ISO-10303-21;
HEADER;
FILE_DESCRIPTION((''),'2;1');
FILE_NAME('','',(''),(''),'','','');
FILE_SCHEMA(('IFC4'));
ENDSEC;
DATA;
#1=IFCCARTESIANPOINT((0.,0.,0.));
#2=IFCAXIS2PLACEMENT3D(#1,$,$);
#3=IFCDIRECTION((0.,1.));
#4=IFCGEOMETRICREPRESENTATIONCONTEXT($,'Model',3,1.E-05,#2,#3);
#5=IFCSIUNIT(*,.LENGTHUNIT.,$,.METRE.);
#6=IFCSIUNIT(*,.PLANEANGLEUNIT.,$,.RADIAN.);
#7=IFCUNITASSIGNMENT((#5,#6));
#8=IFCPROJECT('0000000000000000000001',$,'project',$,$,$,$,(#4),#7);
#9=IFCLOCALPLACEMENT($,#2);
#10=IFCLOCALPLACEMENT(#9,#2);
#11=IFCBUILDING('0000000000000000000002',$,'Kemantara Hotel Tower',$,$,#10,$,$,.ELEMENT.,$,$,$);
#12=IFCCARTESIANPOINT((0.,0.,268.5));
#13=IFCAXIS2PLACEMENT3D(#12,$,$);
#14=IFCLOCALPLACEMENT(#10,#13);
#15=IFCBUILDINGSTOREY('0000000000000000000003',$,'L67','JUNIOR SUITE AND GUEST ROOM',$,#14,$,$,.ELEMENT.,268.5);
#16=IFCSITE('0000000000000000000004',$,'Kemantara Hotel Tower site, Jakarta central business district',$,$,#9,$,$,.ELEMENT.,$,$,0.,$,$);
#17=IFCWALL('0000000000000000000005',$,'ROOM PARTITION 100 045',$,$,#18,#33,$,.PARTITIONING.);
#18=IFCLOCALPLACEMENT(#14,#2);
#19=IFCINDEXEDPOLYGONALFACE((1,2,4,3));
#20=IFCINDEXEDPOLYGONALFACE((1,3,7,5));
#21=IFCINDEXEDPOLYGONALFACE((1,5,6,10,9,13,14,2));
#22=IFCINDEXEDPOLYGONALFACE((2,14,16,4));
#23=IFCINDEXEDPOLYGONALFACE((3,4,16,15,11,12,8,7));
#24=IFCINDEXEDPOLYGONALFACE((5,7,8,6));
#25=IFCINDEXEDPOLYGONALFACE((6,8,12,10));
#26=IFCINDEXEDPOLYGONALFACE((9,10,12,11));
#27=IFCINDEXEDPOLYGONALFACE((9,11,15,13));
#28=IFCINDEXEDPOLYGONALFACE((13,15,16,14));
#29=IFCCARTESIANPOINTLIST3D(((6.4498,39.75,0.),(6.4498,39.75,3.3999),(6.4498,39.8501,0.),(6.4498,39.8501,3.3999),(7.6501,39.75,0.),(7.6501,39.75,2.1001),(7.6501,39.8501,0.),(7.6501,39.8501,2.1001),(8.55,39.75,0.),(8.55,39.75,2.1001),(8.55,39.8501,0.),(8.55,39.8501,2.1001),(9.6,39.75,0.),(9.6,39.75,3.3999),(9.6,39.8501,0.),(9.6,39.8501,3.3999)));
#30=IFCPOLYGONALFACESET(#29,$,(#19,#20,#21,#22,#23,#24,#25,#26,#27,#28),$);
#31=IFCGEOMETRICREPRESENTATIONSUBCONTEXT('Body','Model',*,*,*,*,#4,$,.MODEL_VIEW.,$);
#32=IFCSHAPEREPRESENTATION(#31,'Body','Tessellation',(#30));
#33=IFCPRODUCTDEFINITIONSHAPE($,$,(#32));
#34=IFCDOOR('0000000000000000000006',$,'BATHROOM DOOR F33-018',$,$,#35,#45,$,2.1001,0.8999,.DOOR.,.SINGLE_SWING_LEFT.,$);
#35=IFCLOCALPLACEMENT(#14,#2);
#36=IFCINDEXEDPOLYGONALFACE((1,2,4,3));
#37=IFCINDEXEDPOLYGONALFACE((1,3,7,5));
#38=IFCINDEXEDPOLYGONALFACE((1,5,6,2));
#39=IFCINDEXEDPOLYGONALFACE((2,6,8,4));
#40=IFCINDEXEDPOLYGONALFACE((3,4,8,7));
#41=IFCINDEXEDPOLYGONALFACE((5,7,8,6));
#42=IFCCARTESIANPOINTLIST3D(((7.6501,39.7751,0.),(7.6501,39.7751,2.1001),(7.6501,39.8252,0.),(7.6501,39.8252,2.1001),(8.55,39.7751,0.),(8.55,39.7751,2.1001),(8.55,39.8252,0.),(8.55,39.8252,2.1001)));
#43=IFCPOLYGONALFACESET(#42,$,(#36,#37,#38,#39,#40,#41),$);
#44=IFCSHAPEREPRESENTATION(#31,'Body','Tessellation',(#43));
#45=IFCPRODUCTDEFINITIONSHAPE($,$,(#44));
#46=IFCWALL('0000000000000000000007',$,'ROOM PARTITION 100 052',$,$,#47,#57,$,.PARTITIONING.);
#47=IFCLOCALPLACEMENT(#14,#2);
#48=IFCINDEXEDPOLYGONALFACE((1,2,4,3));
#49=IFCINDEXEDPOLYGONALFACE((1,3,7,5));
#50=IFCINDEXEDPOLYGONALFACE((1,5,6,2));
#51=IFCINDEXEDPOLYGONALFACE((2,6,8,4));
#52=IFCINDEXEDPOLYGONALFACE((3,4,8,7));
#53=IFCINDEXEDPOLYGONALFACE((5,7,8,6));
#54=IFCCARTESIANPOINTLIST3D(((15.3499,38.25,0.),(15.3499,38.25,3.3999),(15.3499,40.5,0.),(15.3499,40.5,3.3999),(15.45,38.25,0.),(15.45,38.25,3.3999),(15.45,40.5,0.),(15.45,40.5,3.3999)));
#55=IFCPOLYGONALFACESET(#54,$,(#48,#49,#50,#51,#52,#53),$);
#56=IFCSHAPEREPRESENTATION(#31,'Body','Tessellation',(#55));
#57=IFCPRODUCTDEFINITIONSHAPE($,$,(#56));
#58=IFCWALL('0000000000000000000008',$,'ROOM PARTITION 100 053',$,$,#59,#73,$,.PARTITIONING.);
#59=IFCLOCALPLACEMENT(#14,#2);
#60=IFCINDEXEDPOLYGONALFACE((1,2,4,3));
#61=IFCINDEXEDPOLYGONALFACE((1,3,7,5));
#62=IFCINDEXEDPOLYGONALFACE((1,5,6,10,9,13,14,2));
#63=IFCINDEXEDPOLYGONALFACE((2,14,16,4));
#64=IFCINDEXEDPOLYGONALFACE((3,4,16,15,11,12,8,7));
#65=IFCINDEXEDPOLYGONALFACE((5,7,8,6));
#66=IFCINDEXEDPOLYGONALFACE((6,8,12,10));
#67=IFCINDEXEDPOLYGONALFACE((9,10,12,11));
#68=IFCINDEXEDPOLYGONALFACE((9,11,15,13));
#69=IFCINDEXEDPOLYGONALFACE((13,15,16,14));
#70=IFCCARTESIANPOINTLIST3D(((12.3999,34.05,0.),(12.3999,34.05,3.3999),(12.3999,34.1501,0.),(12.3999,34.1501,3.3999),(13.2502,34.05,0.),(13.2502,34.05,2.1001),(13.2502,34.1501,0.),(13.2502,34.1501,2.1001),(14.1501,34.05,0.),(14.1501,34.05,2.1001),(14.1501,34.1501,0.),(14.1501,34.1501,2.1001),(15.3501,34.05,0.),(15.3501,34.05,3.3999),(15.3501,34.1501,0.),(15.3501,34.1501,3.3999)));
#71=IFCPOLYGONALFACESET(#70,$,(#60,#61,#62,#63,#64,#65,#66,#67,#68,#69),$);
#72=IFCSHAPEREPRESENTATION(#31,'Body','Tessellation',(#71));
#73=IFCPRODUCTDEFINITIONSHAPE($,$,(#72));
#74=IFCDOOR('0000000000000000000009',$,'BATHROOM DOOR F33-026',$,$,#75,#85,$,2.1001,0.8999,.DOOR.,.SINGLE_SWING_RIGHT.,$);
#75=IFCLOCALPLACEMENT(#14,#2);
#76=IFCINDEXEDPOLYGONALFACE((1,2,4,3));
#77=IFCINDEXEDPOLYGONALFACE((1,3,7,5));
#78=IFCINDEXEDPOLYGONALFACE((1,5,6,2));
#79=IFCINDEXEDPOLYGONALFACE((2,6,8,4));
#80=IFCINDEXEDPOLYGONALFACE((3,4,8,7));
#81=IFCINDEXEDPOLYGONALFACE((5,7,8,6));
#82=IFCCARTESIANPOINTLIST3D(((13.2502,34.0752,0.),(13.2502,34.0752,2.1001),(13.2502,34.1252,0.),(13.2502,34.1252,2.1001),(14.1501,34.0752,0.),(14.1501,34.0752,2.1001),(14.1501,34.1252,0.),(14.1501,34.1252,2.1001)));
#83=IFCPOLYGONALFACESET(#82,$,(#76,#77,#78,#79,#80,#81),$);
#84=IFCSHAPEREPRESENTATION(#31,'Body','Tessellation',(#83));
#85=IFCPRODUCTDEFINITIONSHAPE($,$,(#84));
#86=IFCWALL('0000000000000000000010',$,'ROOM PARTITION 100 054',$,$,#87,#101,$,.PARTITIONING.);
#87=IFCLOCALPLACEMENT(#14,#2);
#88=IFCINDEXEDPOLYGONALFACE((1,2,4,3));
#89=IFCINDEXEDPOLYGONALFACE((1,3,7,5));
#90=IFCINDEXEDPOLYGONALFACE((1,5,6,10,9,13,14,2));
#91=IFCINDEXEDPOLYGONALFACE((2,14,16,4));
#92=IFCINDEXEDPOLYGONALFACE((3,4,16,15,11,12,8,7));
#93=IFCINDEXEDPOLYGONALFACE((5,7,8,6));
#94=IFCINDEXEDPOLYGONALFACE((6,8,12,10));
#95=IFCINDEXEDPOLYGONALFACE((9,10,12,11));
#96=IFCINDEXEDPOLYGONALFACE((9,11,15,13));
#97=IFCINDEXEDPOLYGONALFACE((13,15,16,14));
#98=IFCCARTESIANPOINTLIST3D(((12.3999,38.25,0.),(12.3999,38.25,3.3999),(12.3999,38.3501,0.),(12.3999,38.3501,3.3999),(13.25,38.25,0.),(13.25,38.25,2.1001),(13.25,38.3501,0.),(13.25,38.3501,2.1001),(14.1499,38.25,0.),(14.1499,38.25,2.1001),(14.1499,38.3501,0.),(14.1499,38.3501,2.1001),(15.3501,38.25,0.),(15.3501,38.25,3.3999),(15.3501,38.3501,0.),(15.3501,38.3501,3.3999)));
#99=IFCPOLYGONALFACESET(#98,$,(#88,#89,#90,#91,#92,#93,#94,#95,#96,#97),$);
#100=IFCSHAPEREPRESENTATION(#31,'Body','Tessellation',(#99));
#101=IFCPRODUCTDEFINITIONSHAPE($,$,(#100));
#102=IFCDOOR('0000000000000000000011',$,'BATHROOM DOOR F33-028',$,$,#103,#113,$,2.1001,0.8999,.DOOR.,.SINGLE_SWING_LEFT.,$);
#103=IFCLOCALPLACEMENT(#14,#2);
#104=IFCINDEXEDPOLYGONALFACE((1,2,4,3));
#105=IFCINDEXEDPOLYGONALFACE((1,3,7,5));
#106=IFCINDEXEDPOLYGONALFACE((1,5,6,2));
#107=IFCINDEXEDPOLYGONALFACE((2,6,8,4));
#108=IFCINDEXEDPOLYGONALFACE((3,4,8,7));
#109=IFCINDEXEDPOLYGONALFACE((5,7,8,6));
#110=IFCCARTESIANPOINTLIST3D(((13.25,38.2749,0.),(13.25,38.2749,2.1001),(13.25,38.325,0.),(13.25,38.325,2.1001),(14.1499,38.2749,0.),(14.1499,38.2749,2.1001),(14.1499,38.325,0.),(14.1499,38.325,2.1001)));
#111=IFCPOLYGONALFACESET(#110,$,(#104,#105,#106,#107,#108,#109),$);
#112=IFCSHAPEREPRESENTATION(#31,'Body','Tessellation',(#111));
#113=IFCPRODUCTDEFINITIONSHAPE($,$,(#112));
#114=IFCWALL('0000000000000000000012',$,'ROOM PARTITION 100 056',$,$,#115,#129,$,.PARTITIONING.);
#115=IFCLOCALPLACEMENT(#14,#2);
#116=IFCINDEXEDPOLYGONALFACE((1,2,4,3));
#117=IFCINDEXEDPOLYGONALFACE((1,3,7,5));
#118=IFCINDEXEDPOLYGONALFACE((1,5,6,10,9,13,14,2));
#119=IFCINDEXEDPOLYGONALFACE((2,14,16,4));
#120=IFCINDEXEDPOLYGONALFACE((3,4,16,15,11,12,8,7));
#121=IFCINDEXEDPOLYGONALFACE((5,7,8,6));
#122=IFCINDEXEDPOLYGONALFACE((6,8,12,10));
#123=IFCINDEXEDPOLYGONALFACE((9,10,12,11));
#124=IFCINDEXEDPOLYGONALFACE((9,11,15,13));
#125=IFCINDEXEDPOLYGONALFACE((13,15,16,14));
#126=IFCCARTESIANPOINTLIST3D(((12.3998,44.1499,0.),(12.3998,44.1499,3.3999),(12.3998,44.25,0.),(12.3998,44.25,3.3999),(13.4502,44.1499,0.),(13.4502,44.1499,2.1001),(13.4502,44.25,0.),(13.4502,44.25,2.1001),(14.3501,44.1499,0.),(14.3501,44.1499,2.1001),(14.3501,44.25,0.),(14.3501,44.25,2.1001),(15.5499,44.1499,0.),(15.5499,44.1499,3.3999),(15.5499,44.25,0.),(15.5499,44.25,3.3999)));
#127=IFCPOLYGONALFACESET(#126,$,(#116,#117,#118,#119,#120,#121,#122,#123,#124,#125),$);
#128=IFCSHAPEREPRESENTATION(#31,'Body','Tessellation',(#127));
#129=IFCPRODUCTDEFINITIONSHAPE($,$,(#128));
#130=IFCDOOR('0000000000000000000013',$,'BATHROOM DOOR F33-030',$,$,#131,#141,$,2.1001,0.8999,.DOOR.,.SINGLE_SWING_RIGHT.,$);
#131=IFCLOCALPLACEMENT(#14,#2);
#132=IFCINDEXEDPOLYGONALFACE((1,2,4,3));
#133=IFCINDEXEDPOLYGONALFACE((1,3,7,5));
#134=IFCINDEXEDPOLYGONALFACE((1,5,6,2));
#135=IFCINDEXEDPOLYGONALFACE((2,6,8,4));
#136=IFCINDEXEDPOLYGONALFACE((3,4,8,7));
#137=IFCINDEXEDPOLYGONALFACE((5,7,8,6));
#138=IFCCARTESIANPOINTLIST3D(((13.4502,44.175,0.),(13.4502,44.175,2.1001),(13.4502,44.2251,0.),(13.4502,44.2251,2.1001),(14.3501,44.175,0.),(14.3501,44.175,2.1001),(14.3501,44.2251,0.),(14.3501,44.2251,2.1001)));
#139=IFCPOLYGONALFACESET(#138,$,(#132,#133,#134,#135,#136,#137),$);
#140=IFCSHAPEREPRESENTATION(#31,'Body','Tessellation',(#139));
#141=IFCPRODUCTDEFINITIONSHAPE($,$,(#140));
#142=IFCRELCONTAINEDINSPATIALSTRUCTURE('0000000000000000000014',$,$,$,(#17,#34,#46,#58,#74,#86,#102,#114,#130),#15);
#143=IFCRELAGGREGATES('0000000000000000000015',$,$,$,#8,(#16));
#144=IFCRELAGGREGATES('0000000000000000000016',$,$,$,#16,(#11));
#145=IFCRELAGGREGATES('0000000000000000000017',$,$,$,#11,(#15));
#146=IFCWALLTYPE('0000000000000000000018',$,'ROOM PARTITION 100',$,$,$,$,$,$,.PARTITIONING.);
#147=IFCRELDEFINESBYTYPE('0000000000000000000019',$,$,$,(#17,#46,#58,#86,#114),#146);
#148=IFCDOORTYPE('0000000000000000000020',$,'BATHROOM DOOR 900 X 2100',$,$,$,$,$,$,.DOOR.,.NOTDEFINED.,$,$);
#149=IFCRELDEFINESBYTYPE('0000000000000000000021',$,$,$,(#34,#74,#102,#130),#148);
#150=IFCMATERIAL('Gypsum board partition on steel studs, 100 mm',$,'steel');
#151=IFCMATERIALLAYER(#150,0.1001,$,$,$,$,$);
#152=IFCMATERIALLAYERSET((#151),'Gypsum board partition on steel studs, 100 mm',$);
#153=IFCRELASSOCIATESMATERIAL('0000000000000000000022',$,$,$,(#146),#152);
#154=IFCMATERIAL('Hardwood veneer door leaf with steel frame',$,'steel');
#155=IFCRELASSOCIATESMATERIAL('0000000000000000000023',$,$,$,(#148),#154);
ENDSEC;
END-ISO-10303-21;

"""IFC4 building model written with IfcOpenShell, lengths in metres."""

from ifc_helpers import new_model, si_unit, direction, frame, frame_2d, origin, place, context, subcontext, project, spatial, rectangle, extrude, material, layer, layer_set, type_object, element, fill, save


model = new_model("IFC4")

# Units and contexts
model_context = context("Model", 3, precision=1e-05, world=origin(), true_north=direction((0.0, 1.0)))
body_context = subcontext(model_context, "Body", "Model", "MODEL_VIEW")
ifc_project = project(units=[si_unit("LENGTHUNIT", "METRE"), si_unit("PLANEANGLEUNIT", "RADIAN")], contexts=[model_context])

# Site, building, storey
site_placement = place(None, origin())
site = spatial("IfcSite", under=ifc_project, at=site_placement, Name="Kemantara Hotel Tower site, Jakarta central business district", CompositionType="ELEMENT", RefElevation=0.0)
building_placement = place(site_placement, origin())
building = spatial("IfcBuilding", under=site, at=building_placement, Name="Kemantara Hotel Tower", CompositionType="ELEMENT")
storey_placement = place(building_placement, frame((0.0, 0.0, 268.5)))
storey = spatial("IfcBuildingStorey", under=building, at=storey_placement, Name="L67", Description="JUNIOR SUITE AND GUEST ROOM", CompositionType="ELEMENT", Elevation=268.5)

# Shared definitions
ifc_material_1 = material(Name="Hardwood veneer door leaf with steel frame", Category="steel")

# Shared definitions
ifc_material_2 = material(Name="Gypsum board partition on steel studs, 100 mm", Category="steel")
ifc_layer_1 = layer(ifc_material_2, 0.1001)
ifc_layer_set_1 = layer_set([ifc_layer_1], Name="Gypsum board partition on steel studs, 100 mm")
wall_type_1 = type_object("IfcWallType", Name="ROOM PARTITION 100", PredefinedType="PARTITIONING", material=ifc_layer_set_1)

# Wall, opening, door
wall_1_placement = place(storey_placement, frame((9.6001, 39.8, 0.0), z_axis=(0.0, 0.0, 1.0), x_axis=(-1.0, 0.0, 0.0)))
wall_1 = element("IfcWall", 1, at=wall_1_placement, inside=storey, type_object=wall_type_1, Name="ROOM PARTITION 100 045", PredefinedType="PARTITIONING", context=body_context, shape_type="SweptSolid", body=[
    extrude(rectangle(XDim=3.1501, YDim=0.1001, at=frame_2d((1.5752, 0.0))), origin(), (0.0, 0.0, 1.0), 3.3999),
])
opening_1_placement = place(wall_1_placement, frame((1.05, 0.0, 0.0)))
opening_1 = element("IfcOpeningElement", 2, at=opening_1_placement, cuts=wall_1, PredefinedType="OPENING", context=body_context, shape_type="SweptSolid", body=[
    extrude(rectangle(XDim=0.8999, YDim=2.1001, at=frame_2d((0.45, 1.05))), frame((0.0, 0.0601, 0.0), z_axis=(0.0, -1.0, 0.0), x_axis=(1.0, 0.0, 0.0)), (0.0, 0.0, 1.0), 0.1201),
])
door_type_1 = type_object("IfcDoorType", Name="BATHROOM DOOR 900 X 2100", OperationType="NOTDEFINED", PredefinedType="DOOR", material=ifc_material_1)
door_1_placement = place(opening_1_placement, origin())
door_1 = element("IfcDoor", 3, at=door_1_placement, inside=storey, type_object=door_type_1, Name="BATHROOM DOOR F33-018", OperationType="SINGLE_SWING_LEFT", OverallHeight=2.1001, OverallWidth=0.8999, PredefinedType="DOOR", context=body_context, shape_type="SweptSolid", body=[
    extrude(rectangle(XDim=0.8999, YDim=2.1001, at=frame_2d((0.45, 1.05))), frame((0.0, 0.0249, 0.0), z_axis=(0.0, -1.0, 0.0), x_axis=(1.0, 0.0, 0.0)), (0.0, 0.0, 1.0), 0.05),
])
fill(opening_1, door_1)

# Wall
wall_2_placement = place(storey_placement, frame((15.3999, 38.25, 0.0), z_axis=(0.0, 0.0, 1.0), x_axis=(0.0, 1.0, 0.0)))
element("IfcWall", 4, at=wall_2_placement, inside=storey, type_object=wall_type_1, Name="ROOM PARTITION 100 052", PredefinedType="PARTITIONING", context=body_context, shape_type="SweptSolid", body=[
    extrude(rectangle(XDim=2.25, YDim=0.1001, at=frame_2d((1.125, 0.0))), origin(), (0.0, 0.0, 1.0), 3.3999),
])

# Walls, openings, doors
wall_3_placement = place(storey_placement, frame((15.3501, 34.1001, 0.0), z_axis=(0.0, 0.0, 1.0), x_axis=(-1.0, 0.0, 0.0)))
wall_3 = element("IfcWall", 5, at=wall_3_placement, inside=storey, type_object=wall_type_1, Name="ROOM PARTITION 100 053", PredefinedType="PARTITIONING", context=body_context, shape_type="SweptSolid", body=[
    extrude(rectangle(XDim=2.9502, YDim=0.1001, at=frame_2d((1.4751, 0.0))), origin(), (0.0, 0.0, 1.0), 3.3999),
])
opening_2_placement = place(wall_3_placement, frame((1.2, 0.0, 0.0)))
opening_2 = element("IfcOpeningElement", 6, at=opening_2_placement, cuts=wall_3, PredefinedType="OPENING", context=body_context, shape_type="SweptSolid", body=[
    extrude(rectangle(XDim=0.8999, YDim=2.1001, at=frame_2d((0.45, 1.05))), frame((0.0, 0.0601, 0.0), z_axis=(0.0, -1.0, 0.0), x_axis=(1.0, 0.0, 0.0)), (0.0, 0.0, 1.0), 0.1201),
])
door_2_placement = place(opening_2_placement, origin())
door_2 = element("IfcDoor", 7, at=door_2_placement, inside=storey, type_object=door_type_1, Name="BATHROOM DOOR F33-026", OperationType="SINGLE_SWING_RIGHT", OverallHeight=2.1001, OverallWidth=0.8999, PredefinedType="DOOR", context=body_context, shape_type="SweptSolid", body=[
    extrude(rectangle(XDim=0.8999, YDim=2.1001, at=frame_2d((0.45, 1.05))), frame((0.0, 0.0249, 0.0), z_axis=(0.0, -1.0, 0.0), x_axis=(1.0, 0.0, 0.0)), (0.0, 0.0, 1.0), 0.05),
])
fill(opening_2, door_2)
wall_4_placement = place(storey_placement, frame((12.3999, 38.3, 0.0), z_axis=(0.0, 0.0, 1.0), x_axis=(1.0, 0.0, 0.0)))
wall_4 = element("IfcWall", 8, at=wall_4_placement, inside=storey, type_object=wall_type_1, Name="ROOM PARTITION 100 054", PredefinedType="PARTITIONING", context=body_context, shape_type="SweptSolid", body=[
    extrude(rectangle(XDim=2.9502, YDim=0.1001, at=frame_2d((1.4751, 0.0))), origin(), (0.0, 0.0, 1.0), 3.3999),
])
opening_3_placement = place(wall_4_placement, frame((0.8501, 0.0, 0.0)))
opening_3 = element("IfcOpeningElement", 9, at=opening_3_placement, cuts=wall_4, PredefinedType="OPENING", context=body_context, shape_type="SweptSolid", body=[
    extrude(rectangle(XDim=0.8999, YDim=2.1001, at=frame_2d((0.45, 1.05))), frame((0.0, 0.0601, 0.0), z_axis=(0.0, -1.0, 0.0), x_axis=(1.0, 0.0, 0.0)), (0.0, 0.0, 1.0), 0.1201),
])
door_3_placement = place(opening_3_placement, origin())
door_3 = element("IfcDoor", 10, at=door_3_placement, inside=storey, type_object=door_type_1, Name="BATHROOM DOOR F33-028", OperationType="SINGLE_SWING_LEFT", OverallHeight=2.1001, OverallWidth=0.8999, PredefinedType="DOOR", context=body_context, shape_type="SweptSolid", body=[
    extrude(rectangle(XDim=0.8999, YDim=2.1001, at=frame_2d((0.45, 1.05))), frame((0.0, 0.0249, 0.0), z_axis=(0.0, -1.0, 0.0), x_axis=(1.0, 0.0, 0.0)), (0.0, 0.0, 1.0), 0.05),
])
fill(opening_3, door_3)
wall_5_placement = place(storey_placement, frame((15.55, 44.2, 0.0), z_axis=(0.0, 0.0, 1.0), x_axis=(-1.0, 0.0, 0.0)))
wall_5 = element("IfcWall", 11, at=wall_5_placement, inside=storey, type_object=wall_type_1, Name="ROOM PARTITION 100 056", PredefinedType="PARTITIONING", context=body_context, shape_type="SweptSolid", body=[
    extrude(rectangle(XDim=3.1501, YDim=0.1001, at=frame_2d((1.5752, 0.0))), origin(), (0.0, 0.0, 1.0), 3.3999),
])
opening_4_placement = place(wall_5_placement, frame((1.2, 0.0, 0.0)))
opening_4 = element("IfcOpeningElement", 12, at=opening_4_placement, cuts=wall_5, PredefinedType="OPENING", context=body_context, shape_type="SweptSolid", body=[
    extrude(rectangle(XDim=0.8999, YDim=2.1001, at=frame_2d((0.45, 1.05))), frame((0.0, 0.0601, 0.0), z_axis=(0.0, -1.0, 0.0), x_axis=(1.0, 0.0, 0.0)), (0.0, 0.0, 1.0), 0.1201),
])
door_4_placement = place(opening_4_placement, origin())
door_4 = element("IfcDoor", 13, at=door_4_placement, inside=storey, type_object=door_type_1, Name="BATHROOM DOOR F33-030", OperationType="SINGLE_SWING_RIGHT", OverallHeight=2.1001, OverallWidth=0.8999, PredefinedType="DOOR", context=body_context, shape_type="SweptSolid", body=[
    extrude(rectangle(XDim=0.8999, YDim=2.1001, at=frame_2d((0.45, 1.05))), frame((0.0, 0.0249, 0.0), z_axis=(0.0, -1.0, 0.0), x_axis=(1.0, 0.0, 0.0)), (0.0, 0.0, 1.0), 0.05),
])
fill(opening_4, door_4)

save(model, "model.ifc")
